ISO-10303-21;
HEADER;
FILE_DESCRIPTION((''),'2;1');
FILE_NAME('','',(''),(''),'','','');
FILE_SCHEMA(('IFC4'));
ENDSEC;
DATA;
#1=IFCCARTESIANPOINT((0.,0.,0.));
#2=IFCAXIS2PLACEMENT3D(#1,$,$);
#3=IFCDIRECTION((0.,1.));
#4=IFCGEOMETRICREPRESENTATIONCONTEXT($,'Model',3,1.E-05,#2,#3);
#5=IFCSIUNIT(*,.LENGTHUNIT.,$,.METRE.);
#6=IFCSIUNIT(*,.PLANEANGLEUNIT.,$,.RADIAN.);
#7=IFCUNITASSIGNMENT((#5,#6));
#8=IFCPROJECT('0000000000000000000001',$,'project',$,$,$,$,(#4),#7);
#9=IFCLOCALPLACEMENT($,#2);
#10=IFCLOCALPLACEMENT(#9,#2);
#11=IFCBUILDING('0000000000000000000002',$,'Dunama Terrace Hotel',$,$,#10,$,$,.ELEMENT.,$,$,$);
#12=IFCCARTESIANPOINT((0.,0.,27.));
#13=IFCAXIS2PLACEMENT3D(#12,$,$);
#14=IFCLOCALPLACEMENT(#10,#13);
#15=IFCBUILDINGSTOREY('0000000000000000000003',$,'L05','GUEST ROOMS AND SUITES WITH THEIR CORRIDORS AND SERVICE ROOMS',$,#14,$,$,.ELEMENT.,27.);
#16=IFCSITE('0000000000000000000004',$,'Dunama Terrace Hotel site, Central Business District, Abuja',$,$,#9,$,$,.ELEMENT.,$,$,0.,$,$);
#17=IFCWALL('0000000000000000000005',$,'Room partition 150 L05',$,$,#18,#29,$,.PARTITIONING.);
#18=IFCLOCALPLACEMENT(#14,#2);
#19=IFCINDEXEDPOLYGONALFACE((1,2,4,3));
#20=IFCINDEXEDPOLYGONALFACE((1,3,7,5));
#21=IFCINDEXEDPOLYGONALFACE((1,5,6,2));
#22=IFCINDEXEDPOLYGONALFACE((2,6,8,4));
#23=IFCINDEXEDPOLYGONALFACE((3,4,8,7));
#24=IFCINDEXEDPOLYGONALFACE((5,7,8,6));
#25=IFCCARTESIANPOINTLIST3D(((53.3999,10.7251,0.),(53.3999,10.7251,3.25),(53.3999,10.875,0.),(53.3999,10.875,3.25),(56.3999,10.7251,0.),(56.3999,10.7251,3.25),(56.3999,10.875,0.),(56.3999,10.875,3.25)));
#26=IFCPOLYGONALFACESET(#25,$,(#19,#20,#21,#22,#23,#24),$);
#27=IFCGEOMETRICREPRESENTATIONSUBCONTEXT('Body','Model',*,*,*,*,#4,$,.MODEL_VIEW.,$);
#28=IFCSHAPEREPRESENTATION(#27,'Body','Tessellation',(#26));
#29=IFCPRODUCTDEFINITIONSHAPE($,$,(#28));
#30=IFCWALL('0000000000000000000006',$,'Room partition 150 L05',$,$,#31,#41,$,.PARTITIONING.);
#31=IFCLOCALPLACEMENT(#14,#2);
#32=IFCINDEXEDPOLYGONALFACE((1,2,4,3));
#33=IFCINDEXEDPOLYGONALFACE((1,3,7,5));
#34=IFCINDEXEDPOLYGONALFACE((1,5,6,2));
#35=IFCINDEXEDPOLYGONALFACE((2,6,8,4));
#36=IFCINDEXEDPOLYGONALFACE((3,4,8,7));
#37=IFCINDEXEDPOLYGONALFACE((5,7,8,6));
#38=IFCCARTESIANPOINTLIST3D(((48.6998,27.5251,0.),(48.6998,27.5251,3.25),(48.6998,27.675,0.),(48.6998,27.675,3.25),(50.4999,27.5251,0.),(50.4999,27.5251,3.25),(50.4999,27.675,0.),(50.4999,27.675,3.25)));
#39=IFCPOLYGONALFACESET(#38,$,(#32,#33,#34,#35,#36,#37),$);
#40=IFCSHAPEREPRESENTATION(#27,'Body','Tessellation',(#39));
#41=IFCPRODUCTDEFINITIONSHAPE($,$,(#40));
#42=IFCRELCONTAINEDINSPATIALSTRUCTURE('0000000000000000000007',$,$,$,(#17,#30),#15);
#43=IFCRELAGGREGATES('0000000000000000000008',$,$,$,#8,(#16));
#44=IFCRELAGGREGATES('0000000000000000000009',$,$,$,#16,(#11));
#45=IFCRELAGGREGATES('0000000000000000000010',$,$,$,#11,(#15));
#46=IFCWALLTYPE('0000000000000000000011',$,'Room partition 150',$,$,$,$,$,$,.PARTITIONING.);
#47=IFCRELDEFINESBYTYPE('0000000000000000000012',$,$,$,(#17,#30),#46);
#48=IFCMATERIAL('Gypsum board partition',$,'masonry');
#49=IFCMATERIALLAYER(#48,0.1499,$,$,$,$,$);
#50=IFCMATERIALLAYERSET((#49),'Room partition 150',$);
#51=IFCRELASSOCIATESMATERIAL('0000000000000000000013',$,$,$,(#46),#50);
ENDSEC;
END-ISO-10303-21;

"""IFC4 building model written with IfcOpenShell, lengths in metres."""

from ifc_helpers import new_model, si_unit, direction, frame, frame_2d, origin, place, context, subcontext, project, spatial, rectangle, extrude, material, layer, layer_set, type_object, element, save


model = new_model("IFC4")

# Units and contexts
model_context = context("Model", 3, precision=1e-05, world=origin(), true_north=direction((0.0, 1.0)))
body_context = subcontext(model_context, "Body", "Model", "MODEL_VIEW")
ifc_project = project(units=[si_unit("LENGTHUNIT", "METRE"), si_unit("PLANEANGLEUNIT", "RADIAN")], contexts=[model_context])

# Site, building, storey
site_placement = place(None, origin())
site = spatial("IfcSite", under=ifc_project, at=site_placement, Name="Dunama Terrace Hotel site, Central Business District, Abuja", CompositionType="ELEMENT", RefElevation=0.0)
building_placement = place(site_placement, origin())
building = spatial("IfcBuilding", under=site, at=building_placement, Name="Dunama Terrace Hotel", CompositionType="ELEMENT")
storey_placement = place(building_placement, frame((0.0, 0.0, 27.0)))
storey = spatial("IfcBuildingStorey", under=building, at=storey_placement, Name="L05", Description="GUEST ROOMS AND SUITES WITH THEIR CORRIDORS AND SERVICE ROOMS", CompositionType="ELEMENT", Elevation=27.0)

# Shared definitions
ifc_material_1 = material(Name="Gypsum board partition", Category="masonry")
ifc_layer_1 = layer(ifc_material_1, 0.1499)
ifc_layer_set_1 = layer_set([ifc_layer_1], Name="Room partition 150")
wall_type_1 = type_object("IfcWallType", Name="Room partition 150", PredefinedType="PARTITIONING", material=ifc_layer_set_1)

# Walls
wall_1_placement = place(storey_placement, frame((53.3999, 10.8, 0.0), z_axis=(0.0, 0.0, 1.0), x_axis=(1.0, 0.0, 0.0)))
element("IfcWall", 1, at=wall_1_placement, inside=storey, type_object=wall_type_1, Name="Room partition 150 L05", PredefinedType="PARTITIONING", context=body_context, shape_type="SweptSolid", body=[
    extrude(rectangle(XDim=3.0, YDim=0.1499, at=frame_2d((1.5, 0.0))), origin(), (0.0, 0.0, 1.0), 3.25),
])
wall_2_placement = place(storey_placement, frame((48.7, 27.6001, 0.0), z_axis=(0.0, 0.0, 1.0), x_axis=(1.0, 0.0, 0.0)))
element("IfcWall", 2, at=wall_2_placement, inside=storey, type_object=wall_type_1, Name="Room partition 150 L05", PredefinedType="PARTITIONING", context=body_context, shape_type="SweptSolid", body=[
    extrude(rectangle(XDim=1.8, YDim=0.1499, at=frame_2d((0.8999, 0.0))), origin(), (0.0, 0.0, 1.0), 3.25),
])

save(model, "model.ifc")
